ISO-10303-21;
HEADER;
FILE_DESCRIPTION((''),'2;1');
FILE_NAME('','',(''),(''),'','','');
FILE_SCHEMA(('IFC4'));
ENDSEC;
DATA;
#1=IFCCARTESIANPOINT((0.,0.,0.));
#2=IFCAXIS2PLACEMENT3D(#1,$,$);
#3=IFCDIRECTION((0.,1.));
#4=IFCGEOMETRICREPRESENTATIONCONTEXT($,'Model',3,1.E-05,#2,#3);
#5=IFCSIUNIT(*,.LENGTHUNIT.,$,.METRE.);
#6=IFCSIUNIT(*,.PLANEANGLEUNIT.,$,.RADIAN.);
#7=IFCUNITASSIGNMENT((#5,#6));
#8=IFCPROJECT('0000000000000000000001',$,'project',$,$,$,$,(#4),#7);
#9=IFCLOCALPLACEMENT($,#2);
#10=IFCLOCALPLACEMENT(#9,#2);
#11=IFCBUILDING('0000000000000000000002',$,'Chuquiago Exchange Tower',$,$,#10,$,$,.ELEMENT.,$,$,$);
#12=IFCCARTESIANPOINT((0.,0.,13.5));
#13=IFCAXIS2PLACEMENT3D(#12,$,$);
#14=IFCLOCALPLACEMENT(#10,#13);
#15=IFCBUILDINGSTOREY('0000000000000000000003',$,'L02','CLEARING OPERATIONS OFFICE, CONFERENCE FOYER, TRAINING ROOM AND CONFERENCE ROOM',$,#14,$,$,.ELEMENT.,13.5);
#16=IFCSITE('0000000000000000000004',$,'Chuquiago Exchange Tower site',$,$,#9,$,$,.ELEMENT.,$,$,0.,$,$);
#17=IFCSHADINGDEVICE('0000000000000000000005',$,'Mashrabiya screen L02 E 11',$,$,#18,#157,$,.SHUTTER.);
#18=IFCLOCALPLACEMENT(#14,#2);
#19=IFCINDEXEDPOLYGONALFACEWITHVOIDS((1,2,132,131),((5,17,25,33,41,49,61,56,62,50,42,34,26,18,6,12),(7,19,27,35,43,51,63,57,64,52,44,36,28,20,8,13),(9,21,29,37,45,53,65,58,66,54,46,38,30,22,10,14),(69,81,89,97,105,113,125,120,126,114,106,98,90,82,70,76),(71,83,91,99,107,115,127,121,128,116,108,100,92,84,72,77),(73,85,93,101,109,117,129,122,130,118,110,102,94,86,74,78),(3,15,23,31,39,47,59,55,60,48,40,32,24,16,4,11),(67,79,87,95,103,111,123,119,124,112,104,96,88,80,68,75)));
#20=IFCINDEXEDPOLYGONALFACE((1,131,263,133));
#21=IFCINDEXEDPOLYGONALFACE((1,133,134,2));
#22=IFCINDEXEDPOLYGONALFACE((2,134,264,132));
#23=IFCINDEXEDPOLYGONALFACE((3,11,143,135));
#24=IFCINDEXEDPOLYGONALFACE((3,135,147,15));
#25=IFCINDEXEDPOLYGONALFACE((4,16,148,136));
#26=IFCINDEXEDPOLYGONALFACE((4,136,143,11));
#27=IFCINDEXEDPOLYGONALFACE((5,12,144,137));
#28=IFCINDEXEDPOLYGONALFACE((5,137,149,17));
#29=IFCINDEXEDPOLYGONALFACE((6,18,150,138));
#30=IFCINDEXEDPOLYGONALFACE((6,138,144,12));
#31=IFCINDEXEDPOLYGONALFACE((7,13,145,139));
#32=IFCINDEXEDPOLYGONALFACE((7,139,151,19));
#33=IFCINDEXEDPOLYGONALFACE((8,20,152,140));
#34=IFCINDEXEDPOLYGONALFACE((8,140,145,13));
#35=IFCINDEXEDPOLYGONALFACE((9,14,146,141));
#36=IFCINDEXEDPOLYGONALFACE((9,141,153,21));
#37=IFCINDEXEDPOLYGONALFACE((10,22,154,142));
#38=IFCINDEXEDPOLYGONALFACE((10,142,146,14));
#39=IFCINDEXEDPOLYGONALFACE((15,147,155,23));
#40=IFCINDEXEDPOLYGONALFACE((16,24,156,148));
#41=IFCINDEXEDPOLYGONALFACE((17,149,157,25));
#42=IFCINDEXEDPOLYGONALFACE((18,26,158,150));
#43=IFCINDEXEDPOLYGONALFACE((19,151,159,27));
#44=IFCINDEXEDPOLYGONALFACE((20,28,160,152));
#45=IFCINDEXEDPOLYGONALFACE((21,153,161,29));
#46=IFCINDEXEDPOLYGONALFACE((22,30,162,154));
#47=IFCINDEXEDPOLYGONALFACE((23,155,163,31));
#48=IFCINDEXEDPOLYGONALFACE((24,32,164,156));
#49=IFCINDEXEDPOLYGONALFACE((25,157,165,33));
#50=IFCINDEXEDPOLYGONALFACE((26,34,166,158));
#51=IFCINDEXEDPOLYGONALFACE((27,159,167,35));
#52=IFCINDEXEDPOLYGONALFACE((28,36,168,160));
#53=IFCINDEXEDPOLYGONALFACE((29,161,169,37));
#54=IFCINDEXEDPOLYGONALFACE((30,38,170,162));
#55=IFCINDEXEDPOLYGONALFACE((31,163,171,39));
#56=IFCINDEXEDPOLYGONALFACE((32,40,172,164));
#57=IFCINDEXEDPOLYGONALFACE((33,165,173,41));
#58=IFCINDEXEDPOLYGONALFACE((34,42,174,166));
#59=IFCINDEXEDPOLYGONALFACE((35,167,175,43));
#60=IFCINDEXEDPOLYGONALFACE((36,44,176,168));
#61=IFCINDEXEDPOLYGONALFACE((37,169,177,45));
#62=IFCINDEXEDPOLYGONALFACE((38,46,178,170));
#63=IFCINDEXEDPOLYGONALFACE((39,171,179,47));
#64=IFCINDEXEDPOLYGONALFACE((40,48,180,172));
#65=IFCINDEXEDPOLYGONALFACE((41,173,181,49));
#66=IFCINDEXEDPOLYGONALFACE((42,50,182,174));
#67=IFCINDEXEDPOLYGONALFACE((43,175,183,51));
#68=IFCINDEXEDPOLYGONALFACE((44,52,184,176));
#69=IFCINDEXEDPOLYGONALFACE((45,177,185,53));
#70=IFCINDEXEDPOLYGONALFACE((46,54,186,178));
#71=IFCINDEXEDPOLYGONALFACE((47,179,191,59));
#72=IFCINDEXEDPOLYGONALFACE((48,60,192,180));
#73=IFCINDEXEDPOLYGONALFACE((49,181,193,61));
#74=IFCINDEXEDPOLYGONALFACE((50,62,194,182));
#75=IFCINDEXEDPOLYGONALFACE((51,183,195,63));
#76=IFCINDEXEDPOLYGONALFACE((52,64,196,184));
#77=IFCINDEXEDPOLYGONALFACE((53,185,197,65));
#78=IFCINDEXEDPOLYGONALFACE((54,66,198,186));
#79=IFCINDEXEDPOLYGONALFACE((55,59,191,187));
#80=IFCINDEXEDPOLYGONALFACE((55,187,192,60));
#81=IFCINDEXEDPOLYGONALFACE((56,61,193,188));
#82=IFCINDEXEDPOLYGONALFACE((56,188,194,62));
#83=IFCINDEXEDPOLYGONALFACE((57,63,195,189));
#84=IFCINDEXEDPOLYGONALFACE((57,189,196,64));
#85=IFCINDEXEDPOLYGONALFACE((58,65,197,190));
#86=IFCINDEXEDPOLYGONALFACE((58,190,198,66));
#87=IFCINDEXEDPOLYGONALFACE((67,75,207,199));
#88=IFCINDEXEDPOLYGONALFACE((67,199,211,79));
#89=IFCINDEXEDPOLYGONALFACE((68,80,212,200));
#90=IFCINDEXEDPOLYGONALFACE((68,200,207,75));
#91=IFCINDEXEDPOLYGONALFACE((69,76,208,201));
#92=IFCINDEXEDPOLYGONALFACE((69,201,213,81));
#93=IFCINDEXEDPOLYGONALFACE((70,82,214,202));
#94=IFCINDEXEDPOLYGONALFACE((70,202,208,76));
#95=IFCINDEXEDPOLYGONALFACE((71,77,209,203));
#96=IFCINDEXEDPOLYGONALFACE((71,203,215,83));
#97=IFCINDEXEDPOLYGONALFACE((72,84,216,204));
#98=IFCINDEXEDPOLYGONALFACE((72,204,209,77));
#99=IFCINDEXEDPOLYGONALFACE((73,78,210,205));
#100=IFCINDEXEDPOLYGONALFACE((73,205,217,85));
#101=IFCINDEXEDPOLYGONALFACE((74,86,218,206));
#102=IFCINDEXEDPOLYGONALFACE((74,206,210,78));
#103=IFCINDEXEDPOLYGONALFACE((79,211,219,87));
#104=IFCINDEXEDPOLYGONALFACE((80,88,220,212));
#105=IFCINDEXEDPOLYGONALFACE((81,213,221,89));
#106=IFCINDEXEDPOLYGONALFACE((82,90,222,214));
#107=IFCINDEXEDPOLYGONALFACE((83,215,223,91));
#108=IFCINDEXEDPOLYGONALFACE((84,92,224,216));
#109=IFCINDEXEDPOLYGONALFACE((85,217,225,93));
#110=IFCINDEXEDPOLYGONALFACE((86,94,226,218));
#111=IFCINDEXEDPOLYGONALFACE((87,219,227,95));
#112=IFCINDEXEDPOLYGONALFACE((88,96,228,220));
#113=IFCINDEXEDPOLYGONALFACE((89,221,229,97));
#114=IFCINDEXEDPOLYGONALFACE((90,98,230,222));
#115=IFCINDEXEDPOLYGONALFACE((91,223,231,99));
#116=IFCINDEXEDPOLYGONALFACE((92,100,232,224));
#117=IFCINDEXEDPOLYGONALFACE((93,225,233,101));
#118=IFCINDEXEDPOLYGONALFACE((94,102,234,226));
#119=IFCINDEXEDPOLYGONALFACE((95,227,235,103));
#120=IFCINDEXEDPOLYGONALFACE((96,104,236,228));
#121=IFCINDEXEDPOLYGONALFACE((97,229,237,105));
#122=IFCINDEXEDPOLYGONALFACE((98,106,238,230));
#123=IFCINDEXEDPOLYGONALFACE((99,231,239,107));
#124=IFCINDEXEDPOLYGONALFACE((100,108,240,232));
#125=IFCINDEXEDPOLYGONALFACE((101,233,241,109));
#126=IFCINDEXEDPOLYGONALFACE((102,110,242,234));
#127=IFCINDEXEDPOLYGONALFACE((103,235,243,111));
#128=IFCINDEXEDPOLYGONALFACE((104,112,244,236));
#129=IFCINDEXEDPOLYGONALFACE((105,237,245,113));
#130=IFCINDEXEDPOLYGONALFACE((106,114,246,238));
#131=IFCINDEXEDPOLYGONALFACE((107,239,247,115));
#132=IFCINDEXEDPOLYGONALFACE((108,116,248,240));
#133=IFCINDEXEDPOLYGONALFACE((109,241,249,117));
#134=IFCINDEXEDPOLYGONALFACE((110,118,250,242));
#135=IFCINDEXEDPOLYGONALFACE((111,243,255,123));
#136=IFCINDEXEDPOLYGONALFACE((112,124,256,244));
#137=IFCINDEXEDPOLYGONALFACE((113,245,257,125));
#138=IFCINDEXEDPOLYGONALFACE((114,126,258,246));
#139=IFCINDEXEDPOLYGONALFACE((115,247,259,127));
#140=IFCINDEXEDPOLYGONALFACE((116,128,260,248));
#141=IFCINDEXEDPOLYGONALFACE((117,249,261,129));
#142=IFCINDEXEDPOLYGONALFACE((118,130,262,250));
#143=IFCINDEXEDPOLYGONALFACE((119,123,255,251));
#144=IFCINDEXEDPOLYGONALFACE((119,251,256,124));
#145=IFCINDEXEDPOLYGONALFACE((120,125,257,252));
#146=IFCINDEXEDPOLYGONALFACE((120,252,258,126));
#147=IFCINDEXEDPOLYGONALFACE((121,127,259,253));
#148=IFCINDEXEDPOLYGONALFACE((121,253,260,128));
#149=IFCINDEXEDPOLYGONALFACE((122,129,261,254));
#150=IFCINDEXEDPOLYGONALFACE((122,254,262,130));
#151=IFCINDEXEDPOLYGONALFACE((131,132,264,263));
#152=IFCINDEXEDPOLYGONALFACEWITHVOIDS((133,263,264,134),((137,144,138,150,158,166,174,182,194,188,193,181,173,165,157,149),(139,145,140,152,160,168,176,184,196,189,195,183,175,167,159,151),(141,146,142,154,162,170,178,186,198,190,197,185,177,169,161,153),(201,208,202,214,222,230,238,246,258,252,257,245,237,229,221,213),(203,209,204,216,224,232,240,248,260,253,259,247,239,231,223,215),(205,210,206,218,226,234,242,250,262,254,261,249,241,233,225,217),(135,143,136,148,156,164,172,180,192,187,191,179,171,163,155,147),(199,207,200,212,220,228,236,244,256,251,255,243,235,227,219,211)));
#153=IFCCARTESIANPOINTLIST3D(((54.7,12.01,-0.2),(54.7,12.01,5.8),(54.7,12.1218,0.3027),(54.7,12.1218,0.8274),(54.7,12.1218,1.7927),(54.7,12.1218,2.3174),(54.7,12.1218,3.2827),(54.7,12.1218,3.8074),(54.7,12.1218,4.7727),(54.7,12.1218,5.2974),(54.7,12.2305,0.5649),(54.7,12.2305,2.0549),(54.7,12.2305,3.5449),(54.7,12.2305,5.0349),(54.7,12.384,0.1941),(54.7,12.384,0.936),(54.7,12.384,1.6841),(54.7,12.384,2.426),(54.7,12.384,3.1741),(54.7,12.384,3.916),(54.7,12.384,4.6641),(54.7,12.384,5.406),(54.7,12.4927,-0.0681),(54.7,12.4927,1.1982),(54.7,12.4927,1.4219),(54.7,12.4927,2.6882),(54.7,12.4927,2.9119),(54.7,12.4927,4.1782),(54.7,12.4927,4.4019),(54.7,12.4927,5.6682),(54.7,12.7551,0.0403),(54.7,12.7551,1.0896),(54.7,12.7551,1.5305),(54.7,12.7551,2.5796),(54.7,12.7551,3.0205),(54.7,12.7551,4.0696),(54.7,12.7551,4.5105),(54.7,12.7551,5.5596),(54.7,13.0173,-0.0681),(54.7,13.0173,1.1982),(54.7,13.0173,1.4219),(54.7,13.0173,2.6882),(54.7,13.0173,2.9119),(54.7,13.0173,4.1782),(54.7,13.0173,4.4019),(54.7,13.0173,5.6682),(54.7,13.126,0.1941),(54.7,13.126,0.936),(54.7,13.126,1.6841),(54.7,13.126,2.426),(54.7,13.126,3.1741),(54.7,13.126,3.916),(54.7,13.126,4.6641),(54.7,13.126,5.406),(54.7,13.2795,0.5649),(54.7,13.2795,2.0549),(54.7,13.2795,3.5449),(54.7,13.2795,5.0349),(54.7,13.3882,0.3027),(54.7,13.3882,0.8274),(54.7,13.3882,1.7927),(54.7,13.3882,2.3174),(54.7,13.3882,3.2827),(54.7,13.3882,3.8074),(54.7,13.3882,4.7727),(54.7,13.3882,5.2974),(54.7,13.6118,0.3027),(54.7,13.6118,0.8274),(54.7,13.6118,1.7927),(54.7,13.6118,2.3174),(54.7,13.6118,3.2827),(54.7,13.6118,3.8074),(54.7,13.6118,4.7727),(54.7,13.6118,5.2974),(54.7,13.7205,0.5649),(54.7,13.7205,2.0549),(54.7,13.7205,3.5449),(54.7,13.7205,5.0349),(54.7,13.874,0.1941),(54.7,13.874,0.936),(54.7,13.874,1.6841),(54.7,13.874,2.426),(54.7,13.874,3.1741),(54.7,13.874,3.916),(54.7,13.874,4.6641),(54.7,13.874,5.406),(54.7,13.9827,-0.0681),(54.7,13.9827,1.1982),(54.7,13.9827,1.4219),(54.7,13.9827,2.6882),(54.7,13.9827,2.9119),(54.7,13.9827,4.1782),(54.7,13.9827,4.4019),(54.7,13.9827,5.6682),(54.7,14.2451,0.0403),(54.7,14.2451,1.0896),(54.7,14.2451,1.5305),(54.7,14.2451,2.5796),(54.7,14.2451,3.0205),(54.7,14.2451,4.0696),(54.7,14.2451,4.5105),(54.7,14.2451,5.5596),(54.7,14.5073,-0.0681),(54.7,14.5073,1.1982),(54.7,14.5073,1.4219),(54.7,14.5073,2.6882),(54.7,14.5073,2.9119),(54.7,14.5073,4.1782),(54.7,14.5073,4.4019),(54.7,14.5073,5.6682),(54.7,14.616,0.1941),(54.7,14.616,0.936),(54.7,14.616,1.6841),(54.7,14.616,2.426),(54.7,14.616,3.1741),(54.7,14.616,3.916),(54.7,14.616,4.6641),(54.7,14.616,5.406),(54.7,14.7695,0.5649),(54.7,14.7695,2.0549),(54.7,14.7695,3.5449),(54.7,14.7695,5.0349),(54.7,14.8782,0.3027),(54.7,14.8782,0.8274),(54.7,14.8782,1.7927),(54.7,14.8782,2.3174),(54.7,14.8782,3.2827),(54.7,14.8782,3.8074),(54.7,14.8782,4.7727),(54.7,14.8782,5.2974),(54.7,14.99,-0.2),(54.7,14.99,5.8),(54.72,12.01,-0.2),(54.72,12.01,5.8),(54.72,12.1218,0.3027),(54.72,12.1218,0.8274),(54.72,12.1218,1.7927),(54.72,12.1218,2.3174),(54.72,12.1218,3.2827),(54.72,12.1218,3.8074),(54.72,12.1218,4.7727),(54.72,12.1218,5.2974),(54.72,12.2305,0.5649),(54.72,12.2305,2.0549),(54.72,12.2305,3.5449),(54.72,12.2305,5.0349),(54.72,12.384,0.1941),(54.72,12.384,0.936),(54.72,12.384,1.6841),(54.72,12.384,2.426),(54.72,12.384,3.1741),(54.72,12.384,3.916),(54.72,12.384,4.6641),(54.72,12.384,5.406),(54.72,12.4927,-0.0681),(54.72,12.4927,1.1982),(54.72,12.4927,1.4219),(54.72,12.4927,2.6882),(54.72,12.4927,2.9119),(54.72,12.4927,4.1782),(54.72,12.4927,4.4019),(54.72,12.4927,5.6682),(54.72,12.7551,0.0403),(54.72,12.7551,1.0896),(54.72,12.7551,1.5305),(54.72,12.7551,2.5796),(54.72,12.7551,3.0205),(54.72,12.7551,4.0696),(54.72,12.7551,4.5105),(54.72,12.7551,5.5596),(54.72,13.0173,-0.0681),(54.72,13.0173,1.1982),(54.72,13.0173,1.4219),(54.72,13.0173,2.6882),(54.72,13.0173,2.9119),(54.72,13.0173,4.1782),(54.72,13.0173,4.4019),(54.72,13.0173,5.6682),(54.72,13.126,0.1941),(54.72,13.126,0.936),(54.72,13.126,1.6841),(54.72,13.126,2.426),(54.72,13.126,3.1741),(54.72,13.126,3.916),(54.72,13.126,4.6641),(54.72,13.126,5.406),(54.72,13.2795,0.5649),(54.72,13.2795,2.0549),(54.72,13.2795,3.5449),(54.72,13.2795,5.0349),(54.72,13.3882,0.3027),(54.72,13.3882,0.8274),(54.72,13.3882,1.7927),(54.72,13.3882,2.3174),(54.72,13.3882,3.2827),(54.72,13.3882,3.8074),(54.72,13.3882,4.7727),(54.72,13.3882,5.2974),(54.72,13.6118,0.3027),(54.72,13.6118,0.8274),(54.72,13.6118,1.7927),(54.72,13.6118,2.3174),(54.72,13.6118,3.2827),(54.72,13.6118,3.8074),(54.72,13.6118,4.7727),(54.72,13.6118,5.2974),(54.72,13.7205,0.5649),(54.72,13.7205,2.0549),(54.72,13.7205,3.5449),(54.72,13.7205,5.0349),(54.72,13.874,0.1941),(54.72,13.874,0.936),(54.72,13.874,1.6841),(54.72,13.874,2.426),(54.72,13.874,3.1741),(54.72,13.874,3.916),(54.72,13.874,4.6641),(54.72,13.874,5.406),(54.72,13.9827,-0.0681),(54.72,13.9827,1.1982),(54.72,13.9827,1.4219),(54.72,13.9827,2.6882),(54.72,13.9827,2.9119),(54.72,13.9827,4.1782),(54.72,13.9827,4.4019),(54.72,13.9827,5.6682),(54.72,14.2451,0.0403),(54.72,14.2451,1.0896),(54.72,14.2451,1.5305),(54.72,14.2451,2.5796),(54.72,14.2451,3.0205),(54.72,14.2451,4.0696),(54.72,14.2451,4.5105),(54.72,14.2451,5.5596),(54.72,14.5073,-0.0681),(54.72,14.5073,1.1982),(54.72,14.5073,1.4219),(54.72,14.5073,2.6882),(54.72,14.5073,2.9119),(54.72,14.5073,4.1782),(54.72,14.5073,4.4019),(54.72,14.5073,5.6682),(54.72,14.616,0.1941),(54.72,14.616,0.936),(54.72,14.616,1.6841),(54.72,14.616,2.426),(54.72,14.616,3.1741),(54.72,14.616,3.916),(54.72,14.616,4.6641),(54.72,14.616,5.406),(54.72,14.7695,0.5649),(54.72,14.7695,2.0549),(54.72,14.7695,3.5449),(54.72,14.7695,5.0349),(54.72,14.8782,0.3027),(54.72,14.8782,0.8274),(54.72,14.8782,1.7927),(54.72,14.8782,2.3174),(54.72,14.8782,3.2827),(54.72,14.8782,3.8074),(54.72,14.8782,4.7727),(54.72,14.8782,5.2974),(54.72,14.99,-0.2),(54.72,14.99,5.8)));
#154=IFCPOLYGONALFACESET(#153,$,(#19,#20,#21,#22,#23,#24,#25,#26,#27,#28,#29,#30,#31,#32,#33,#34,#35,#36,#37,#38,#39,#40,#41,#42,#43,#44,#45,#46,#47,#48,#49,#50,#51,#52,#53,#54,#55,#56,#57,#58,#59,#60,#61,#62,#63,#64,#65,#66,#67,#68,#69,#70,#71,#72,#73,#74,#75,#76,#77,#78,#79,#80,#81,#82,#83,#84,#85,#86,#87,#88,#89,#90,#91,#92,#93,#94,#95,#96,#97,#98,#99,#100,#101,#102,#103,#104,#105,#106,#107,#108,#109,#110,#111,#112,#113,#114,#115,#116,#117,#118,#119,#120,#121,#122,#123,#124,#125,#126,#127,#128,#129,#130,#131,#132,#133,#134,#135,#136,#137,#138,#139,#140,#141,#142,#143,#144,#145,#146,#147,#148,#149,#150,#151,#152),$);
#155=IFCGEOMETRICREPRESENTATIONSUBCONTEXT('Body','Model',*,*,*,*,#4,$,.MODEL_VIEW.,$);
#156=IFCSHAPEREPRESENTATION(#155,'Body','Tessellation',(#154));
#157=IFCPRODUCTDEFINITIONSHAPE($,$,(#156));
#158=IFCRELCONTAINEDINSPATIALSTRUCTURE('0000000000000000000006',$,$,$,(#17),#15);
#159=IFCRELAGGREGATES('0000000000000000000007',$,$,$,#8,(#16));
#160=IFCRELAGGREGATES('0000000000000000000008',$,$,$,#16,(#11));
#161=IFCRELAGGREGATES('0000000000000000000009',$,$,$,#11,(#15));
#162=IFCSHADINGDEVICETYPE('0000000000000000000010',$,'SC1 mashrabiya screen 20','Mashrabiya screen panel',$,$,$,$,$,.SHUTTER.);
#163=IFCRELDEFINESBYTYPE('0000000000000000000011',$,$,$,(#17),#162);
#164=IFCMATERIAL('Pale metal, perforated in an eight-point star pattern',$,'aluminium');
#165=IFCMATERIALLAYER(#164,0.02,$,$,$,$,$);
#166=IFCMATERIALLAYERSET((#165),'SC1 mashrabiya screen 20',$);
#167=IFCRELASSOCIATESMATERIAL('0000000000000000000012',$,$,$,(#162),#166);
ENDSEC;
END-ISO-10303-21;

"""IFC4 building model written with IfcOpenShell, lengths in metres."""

from ifc_helpers import new_model, si_unit, direction, frame, origin, place, context, subcontext, project, spatial, polyline, outline, extrude, material, layer, layer_set, type_object, element, save


model = new_model("IFC4")

# Units and contexts
model_context = context("Model", 3, precision=1e-05, world=origin(), true_north=direction((0.0, 1.0)))
body_context = subcontext(model_context, "Body", "Model", "MODEL_VIEW")
ifc_project = project(units=[si_unit("LENGTHUNIT", "METRE"), si_unit("PLANEANGLEUNIT", "RADIAN")], contexts=[model_context])

# Site, building, storey
site_placement = place(None, origin())
site = spatial("IfcSite", under=ifc_project, at=site_placement, Name="Chuquiago Exchange Tower site", CompositionType="ELEMENT", RefElevation=0.0)
building_placement = place(site_placement, origin())
building = spatial("IfcBuilding", under=site, at=building_placement, Name="Chuquiago Exchange Tower", CompositionType="ELEMENT")
storey_placement = place(building_placement, frame((0.0, 0.0, 13.5)))
storey = spatial("IfcBuildingStorey", under=building, at=storey_placement, Name="L02", Description="CLEARING OPERATIONS OFFICE, CONFERENCE FOYER, TRAINING ROOM AND CONFERENCE ROOM", CompositionType="ELEMENT", Elevation=13.5)

# Shading device
ifc_material_1 = material(Name="Pale metal, perforated in an eight-point star pattern", Category="aluminium")
ifc_layer_1 = layer(ifc_material_1, 0.02)
ifc_layer_set_1 = layer_set([ifc_layer_1], Name="SC1 mashrabiya screen 20")
shading_device_type = type_object("IfcShadingDeviceType", Name="SC1 mashrabiya screen 20", Description="Mashrabiya screen panel", PredefinedType="SHUTTER", material=ifc_layer_set_1)
shading_device_1_placement = place(storey_placement, frame((54.7, 12.01, -0.2), z_axis=(0.0, 0.0, 1.0), x_axis=(0.0, 1.0, 0.0)))
element("IfcShadingDevice", 1, at=shading_device_1_placement, inside=storey, type_object=shading_device_type, Name="Mashrabiya screen L02 E 11", PredefinedType="SHUTTER", context=body_context, shape_type="SweptSolid", body=[
    extrude(outline(polyline([(0.0, 0.0), (2.98, 0.0), (2.98, 6.0), (0.0, 6.0), (0.0, 0.0)]), holes=[polyline([(1.2695, 0.7649), (1.3782, 1.0273), (1.116, 1.136), (1.0073, 1.3982), (0.7451, 1.2896), (0.4827, 1.3982), (0.374, 1.136), (0.1118, 1.0273), (0.2205, 0.7649), (0.1118, 0.5027), (0.374, 0.394), (0.4827, 0.1318), (0.7451, 0.2402), (1.0073, 0.1318), (1.116, 0.394), (1.3782, 0.5027), (1.2695, 0.7649)]), polyline([(2.7595, 0.7649), (2.8682, 1.0273), (2.606, 1.136), (2.4973, 1.3982), (2.2351, 1.2896), (1.9727, 1.3982), (1.864, 1.136), (1.6018, 1.0273), (1.7104, 0.7649), (1.6018, 0.5027), (1.864, 0.394), (1.9727, 0.1318), (2.2351, 0.2402), (2.4973, 0.1318), (2.606, 0.394), (2.8682, 0.5027), (2.7595, 0.7649)]), polyline([(1.2695, 2.2549), (1.3782, 2.5173), (1.116, 2.626), (1.0073, 2.8882), (0.7451, 2.7795), (0.4827, 2.8882), (0.374, 2.626), (0.1118, 2.5173), (0.2205, 2.2549), (0.1118, 1.9927), (0.374, 1.884), (0.4827, 1.6218), (0.7451, 1.7305), (1.0073, 1.6218), (1.116, 1.884), (1.3782, 1.9927), (1.2695, 2.2549)]), polyline([(2.7595, 2.2549), (2.8682, 2.5173), (2.606, 2.626), (2.4973, 2.8882), (2.2351, 2.7795), (1.9727, 2.8882), (1.864, 2.626), (1.6018, 2.5173), (1.7104, 2.2549), (1.6018, 1.9927), (1.864, 1.884), (1.9727, 1.6218), (2.2351, 1.7305), (2.4973, 1.6218), (2.606, 1.884), (2.8682, 1.9927), (2.7595, 2.2549)]), polyline([(1.2695, 3.7449), (1.3782, 4.0073), (1.116, 4.116), (1.0073, 4.3782), (0.7451, 4.2695), (0.4827, 4.3782), (0.374, 4.116), (0.1118, 4.0073), (0.2205, 3.7449), (0.1118, 3.4827), (0.374, 3.374), (0.4827, 3.1118), (0.7451, 3.2205), (1.0073, 3.1118), (1.116, 3.374), (1.3782, 3.4827), (1.2695, 3.7449)]), polyline([(2.7595, 3.7449), (2.8682, 4.0073), (2.606, 4.116), (2.4973, 4.3782), (2.2351, 4.2695), (1.9727, 4.3782), (1.864, 4.116), (1.6018, 4.0073), (1.7104, 3.7449), (1.6018, 3.4827), (1.864, 3.374), (1.9727, 3.1118), (2.2351, 3.2205), (2.4973, 3.1118), (2.606, 3.374), (2.8682, 3.4827), (2.7595, 3.7449)]), polyline([(1.2695, 5.2349), (1.3782, 5.4973), (1.116, 5.606), (1.0073, 5.8682), (0.7451, 5.7595), (0.4827, 5.8682), (0.374, 5.606), (0.1118, 5.4973), (0.2205, 5.2349), (0.1118, 4.9727), (0.374, 4.864), (0.4827, 4.6018), (0.7451, 4.7104), (1.0073, 4.6018), (1.116, 4.864), (1.3782, 4.9727), (1.2695, 5.2349)]), polyline([(2.7595, 5.2349), (2.8682, 5.4973), (2.606, 5.606), (2.4973, 5.8682), (2.2351, 5.7595), (1.9727, 5.8682), (1.864, 5.606), (1.6018, 5.4973), (1.7104, 5.2349), (1.6018, 4.9727), (1.864, 4.864), (1.9727, 4.6018), (2.2351, 4.7104), (2.4973, 4.6018), (2.606, 4.864), (2.8682, 4.9727), (2.7595, 5.2349)])]), frame((0.0, 0.0, 0.0), z_axis=(0.0, -1.0, 0.0), x_axis=(1.0, 0.0, 0.0)), (0.0, 0.0, 1.0), 0.02),
])

save(model, "model.ifc")
